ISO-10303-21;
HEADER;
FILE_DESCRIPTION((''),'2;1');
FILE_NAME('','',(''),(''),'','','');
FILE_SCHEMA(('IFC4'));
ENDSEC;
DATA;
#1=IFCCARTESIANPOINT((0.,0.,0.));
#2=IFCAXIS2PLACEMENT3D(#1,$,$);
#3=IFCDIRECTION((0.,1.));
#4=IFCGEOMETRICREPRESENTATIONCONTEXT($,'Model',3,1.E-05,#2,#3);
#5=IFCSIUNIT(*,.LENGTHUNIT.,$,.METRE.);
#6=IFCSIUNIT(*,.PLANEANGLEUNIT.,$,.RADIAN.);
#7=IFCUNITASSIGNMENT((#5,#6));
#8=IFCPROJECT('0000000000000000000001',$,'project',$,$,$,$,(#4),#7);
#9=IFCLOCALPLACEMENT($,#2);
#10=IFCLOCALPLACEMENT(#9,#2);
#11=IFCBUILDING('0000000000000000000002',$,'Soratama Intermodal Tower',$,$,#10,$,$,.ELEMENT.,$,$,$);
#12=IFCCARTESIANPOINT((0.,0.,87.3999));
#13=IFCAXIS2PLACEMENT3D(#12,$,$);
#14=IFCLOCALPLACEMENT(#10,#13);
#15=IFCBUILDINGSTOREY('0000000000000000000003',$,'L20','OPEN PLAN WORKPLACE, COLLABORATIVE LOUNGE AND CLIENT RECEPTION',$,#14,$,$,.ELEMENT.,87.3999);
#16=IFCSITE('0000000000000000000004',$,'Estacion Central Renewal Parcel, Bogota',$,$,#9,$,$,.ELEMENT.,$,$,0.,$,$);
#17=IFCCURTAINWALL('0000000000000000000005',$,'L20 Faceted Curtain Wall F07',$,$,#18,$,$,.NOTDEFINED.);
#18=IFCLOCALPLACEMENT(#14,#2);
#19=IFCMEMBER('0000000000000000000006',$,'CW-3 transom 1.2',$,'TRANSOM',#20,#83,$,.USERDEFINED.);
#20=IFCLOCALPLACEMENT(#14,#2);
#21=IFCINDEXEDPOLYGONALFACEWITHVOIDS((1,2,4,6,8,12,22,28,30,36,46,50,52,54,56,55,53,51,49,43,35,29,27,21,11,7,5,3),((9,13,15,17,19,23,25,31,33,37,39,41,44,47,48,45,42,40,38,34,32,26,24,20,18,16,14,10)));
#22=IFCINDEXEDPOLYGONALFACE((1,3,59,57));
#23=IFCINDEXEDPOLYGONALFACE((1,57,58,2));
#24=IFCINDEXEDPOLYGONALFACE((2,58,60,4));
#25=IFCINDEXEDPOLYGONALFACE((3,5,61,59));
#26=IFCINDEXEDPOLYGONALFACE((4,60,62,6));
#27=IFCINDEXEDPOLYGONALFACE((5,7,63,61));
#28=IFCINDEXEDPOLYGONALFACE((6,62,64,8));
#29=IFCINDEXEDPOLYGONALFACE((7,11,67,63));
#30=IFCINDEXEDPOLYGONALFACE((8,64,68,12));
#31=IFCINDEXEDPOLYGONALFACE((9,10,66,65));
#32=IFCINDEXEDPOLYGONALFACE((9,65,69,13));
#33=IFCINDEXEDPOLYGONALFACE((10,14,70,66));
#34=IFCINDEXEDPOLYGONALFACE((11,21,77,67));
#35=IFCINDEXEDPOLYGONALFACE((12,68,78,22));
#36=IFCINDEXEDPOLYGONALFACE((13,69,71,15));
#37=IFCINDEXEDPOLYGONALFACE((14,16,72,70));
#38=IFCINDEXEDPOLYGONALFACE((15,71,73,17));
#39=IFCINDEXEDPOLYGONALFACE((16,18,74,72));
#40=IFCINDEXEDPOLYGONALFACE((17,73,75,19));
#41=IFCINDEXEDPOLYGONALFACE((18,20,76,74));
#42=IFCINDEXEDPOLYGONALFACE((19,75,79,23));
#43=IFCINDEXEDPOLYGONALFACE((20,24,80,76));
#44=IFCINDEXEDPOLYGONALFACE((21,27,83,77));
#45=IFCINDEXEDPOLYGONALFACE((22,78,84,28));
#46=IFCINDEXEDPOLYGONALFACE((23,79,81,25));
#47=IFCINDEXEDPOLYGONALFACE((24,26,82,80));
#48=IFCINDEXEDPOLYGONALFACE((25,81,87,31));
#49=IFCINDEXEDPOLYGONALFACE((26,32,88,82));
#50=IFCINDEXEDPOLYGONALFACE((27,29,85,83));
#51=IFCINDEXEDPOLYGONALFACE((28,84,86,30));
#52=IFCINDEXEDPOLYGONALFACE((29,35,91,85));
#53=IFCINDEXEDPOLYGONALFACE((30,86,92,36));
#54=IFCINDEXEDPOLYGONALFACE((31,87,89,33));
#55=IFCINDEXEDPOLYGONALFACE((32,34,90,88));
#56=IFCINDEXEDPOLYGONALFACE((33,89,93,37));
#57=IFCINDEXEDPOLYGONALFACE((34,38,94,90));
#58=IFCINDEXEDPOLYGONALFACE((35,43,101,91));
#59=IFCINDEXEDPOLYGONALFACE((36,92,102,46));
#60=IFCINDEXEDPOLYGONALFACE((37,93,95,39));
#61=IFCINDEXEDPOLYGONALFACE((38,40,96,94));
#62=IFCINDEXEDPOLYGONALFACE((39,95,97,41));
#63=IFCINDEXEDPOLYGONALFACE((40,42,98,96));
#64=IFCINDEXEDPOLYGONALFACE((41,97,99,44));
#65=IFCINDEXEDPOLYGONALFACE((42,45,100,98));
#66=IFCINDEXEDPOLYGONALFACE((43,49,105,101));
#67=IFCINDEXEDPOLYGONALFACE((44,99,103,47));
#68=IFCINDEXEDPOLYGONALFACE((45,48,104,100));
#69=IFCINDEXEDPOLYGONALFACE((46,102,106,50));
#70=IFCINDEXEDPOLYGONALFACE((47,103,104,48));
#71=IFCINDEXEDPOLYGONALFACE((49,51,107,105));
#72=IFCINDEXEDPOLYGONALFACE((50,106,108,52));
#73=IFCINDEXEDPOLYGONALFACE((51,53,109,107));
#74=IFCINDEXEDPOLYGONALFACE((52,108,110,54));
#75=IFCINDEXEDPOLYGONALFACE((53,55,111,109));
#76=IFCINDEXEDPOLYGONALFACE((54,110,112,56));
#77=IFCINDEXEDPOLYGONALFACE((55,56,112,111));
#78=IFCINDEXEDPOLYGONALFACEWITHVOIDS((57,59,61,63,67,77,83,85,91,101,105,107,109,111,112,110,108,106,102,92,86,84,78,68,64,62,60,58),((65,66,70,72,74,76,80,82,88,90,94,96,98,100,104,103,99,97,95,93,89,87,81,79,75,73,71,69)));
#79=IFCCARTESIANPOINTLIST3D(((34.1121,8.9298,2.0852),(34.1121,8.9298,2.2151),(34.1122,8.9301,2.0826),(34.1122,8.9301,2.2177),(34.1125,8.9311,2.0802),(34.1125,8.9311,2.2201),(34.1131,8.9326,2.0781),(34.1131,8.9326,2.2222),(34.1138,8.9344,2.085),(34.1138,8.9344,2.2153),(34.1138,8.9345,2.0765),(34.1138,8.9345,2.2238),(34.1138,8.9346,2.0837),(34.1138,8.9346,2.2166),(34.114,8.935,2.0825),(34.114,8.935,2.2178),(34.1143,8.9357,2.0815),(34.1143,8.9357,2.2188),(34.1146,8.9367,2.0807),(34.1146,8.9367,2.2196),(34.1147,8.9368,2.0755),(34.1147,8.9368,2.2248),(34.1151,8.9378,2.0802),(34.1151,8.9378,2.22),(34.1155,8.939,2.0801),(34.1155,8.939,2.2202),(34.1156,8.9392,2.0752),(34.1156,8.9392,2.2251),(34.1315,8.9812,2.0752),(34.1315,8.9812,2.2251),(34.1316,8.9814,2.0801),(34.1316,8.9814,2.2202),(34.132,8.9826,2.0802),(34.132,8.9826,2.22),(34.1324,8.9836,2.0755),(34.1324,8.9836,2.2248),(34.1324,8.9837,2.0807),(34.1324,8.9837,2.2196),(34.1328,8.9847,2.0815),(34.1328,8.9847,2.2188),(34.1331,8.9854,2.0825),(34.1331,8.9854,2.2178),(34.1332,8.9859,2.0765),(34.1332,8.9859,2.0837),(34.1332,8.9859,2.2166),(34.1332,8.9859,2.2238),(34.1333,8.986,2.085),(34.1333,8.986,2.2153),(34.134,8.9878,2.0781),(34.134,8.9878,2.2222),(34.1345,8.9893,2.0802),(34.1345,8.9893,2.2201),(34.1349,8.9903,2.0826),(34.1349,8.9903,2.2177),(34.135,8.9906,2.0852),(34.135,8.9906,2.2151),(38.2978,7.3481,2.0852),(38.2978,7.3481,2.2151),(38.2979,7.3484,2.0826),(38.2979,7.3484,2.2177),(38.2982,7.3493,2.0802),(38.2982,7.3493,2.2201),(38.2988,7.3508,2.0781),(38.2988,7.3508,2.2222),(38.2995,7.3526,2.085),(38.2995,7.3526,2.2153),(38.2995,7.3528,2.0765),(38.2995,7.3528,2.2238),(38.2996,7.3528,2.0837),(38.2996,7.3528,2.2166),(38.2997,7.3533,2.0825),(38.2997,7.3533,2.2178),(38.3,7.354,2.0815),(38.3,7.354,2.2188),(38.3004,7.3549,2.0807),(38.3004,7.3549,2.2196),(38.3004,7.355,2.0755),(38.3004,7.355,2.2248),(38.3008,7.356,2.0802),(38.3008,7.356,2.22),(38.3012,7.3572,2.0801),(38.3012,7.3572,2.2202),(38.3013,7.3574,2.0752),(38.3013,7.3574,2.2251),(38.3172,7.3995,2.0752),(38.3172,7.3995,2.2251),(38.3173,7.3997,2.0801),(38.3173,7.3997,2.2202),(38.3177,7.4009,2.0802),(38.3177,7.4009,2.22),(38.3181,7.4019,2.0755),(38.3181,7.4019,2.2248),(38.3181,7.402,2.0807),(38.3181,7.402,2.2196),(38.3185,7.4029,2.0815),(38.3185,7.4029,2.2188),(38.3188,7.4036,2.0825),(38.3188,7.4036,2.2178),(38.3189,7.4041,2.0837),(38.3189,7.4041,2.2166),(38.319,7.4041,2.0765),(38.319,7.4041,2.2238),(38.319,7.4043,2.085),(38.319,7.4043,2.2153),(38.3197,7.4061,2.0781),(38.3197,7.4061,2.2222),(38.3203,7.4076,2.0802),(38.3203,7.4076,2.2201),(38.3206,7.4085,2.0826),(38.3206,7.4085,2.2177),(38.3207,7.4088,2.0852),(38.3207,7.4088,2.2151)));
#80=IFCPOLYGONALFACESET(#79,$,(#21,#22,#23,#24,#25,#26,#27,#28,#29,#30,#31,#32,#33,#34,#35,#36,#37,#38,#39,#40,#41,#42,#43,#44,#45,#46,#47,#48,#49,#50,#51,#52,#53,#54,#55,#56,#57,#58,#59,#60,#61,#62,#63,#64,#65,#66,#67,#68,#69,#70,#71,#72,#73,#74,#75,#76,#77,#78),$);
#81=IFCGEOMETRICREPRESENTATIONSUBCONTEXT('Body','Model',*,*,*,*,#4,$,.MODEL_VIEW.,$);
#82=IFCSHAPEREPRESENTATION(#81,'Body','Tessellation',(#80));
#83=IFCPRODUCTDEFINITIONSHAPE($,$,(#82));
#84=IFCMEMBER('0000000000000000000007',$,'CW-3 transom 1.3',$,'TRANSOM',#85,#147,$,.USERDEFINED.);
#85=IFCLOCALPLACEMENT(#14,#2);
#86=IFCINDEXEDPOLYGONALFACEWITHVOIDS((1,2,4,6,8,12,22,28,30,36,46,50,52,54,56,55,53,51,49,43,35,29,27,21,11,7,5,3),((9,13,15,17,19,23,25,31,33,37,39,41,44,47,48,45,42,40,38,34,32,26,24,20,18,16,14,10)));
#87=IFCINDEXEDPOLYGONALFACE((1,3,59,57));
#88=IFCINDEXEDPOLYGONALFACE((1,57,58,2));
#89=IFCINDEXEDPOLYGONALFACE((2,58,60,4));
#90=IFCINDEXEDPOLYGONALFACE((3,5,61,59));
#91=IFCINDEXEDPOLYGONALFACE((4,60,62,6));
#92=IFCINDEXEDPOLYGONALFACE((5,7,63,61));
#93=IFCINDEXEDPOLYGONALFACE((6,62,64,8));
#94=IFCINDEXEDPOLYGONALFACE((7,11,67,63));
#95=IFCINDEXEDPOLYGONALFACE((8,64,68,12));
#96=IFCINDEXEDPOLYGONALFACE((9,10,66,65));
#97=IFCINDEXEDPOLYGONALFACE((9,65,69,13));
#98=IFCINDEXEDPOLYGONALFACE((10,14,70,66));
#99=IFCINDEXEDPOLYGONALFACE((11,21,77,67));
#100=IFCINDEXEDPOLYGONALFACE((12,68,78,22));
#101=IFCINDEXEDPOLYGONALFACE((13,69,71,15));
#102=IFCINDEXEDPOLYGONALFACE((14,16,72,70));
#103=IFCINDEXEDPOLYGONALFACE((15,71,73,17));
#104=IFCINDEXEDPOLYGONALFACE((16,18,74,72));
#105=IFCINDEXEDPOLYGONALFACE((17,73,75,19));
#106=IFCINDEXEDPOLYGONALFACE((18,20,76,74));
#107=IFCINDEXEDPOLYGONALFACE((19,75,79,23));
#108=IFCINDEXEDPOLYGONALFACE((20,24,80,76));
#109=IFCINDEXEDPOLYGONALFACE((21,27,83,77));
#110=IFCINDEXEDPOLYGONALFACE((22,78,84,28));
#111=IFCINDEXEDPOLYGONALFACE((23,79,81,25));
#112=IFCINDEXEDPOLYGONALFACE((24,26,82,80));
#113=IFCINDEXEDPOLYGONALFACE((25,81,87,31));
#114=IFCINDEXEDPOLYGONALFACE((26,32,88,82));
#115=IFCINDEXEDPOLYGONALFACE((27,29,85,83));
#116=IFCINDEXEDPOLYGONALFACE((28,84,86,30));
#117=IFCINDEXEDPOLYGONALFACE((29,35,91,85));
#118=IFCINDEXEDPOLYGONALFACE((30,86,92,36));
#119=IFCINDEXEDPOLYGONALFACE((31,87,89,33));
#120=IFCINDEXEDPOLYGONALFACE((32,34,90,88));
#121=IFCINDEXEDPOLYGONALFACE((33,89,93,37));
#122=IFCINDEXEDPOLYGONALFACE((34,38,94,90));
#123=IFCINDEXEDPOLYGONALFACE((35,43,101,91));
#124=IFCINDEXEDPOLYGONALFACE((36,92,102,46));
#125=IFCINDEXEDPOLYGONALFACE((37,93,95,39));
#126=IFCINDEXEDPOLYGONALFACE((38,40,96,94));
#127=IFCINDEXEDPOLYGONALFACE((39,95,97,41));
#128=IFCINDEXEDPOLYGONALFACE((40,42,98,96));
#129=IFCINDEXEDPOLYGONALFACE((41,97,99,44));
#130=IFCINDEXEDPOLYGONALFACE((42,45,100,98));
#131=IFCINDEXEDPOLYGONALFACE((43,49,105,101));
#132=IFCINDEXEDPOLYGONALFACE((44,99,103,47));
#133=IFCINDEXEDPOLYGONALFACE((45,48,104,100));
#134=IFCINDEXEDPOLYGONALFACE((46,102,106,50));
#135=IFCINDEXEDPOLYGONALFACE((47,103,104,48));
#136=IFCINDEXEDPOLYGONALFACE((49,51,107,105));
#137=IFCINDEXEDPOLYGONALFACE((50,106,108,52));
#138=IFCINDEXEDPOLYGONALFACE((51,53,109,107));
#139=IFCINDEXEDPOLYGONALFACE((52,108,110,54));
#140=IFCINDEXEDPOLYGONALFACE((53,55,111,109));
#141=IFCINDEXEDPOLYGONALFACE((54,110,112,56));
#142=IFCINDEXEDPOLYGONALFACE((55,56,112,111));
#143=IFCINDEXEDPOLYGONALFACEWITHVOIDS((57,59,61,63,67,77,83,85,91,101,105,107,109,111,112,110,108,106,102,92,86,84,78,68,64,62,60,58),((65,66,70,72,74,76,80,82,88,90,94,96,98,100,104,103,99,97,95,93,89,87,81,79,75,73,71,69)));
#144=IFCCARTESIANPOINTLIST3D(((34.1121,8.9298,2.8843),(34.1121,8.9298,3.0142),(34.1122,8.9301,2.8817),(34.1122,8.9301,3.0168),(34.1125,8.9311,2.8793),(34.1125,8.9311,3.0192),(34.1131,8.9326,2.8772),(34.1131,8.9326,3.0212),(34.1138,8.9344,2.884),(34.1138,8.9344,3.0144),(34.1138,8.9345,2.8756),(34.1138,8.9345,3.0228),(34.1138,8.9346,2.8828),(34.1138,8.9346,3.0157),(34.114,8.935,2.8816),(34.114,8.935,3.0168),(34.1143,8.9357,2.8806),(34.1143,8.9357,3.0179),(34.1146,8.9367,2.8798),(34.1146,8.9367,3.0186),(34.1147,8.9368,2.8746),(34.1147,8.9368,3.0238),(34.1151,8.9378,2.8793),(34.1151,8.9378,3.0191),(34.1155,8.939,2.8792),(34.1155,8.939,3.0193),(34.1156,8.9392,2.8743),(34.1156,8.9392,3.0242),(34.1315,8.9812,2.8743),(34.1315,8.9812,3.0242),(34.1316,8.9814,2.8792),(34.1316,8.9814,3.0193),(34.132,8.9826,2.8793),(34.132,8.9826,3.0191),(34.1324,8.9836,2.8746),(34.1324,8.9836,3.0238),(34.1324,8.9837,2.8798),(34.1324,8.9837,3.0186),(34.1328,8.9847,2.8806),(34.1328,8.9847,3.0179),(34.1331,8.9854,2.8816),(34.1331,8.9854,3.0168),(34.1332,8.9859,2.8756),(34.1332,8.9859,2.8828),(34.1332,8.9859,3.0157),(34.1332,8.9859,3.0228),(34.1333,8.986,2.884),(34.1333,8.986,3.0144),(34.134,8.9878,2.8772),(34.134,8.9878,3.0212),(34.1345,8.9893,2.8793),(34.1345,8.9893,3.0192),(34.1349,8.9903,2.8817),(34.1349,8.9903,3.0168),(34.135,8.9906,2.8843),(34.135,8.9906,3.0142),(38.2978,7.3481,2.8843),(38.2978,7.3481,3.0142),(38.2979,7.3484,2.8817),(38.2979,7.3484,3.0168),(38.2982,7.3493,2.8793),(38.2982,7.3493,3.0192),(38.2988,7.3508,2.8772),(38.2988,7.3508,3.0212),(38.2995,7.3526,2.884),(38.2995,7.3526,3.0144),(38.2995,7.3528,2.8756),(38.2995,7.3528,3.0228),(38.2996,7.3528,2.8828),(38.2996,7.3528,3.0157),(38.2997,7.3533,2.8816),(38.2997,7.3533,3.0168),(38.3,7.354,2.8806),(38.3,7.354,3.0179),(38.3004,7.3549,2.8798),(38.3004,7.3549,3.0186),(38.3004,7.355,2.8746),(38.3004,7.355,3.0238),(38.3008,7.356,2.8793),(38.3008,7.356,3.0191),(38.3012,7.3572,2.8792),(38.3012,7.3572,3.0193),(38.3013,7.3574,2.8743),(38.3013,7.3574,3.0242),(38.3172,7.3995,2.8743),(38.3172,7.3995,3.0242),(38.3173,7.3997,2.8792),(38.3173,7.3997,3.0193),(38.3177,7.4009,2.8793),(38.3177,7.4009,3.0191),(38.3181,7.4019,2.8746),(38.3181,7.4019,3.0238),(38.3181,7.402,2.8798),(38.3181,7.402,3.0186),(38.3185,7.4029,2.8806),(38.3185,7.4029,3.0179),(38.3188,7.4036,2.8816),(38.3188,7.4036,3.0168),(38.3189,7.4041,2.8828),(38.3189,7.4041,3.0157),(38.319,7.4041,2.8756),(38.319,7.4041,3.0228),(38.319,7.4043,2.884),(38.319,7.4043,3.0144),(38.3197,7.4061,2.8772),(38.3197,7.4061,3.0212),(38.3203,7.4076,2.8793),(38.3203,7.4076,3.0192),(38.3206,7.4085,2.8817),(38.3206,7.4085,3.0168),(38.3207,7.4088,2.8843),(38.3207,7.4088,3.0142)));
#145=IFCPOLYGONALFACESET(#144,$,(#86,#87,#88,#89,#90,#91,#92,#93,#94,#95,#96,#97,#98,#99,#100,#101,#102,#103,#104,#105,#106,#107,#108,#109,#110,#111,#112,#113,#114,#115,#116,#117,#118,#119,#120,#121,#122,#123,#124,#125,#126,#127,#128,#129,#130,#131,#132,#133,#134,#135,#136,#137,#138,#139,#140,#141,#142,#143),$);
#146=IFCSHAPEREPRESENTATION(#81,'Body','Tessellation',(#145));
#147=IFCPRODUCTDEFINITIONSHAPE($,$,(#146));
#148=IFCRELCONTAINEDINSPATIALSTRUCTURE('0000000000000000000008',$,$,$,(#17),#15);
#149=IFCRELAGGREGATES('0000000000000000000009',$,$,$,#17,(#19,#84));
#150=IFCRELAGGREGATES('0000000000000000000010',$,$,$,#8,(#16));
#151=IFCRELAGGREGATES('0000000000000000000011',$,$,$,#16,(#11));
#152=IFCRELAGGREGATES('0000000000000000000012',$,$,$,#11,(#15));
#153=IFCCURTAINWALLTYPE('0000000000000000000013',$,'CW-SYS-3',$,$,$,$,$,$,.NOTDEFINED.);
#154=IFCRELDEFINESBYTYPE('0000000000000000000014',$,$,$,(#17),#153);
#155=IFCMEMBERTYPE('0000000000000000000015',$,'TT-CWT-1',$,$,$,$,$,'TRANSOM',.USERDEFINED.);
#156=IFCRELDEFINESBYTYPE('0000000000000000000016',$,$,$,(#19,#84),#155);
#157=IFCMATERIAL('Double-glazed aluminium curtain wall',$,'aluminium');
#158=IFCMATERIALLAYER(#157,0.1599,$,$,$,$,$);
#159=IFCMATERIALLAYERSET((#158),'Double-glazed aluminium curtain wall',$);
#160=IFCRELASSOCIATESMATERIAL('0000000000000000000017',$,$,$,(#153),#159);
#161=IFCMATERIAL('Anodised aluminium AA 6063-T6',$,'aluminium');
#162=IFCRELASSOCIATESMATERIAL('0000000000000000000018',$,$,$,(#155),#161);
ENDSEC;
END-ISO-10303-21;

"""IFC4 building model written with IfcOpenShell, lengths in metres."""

from ifc_helpers import new_model, si_unit, direction, frame, origin, origin_2d, place, context, subcontext, project, spatial, hollow_rectangle, extrude, material, layer, layer_set, material_profile, profile_set, type_object, element, aggregate, save


model = new_model("IFC4")

# Units and contexts
model_context = context("Model", 3, precision=1e-05, world=origin(), true_north=direction((0.0, 1.0)))
body_context = subcontext(model_context, "Body", "Model", "MODEL_VIEW")
ifc_project = project(units=[si_unit("LENGTHUNIT", "METRE"), si_unit("PLANEANGLEUNIT", "RADIAN")], contexts=[model_context])

# Site, building, storey
site_placement = place(None, origin())
site = spatial("IfcSite", under=ifc_project, at=site_placement, Name="Estacion Central Renewal Parcel, Bogota", CompositionType="ELEMENT", RefElevation=0.0)
building_placement = place(site_placement, origin())
building = spatial("IfcBuilding", under=site, at=building_placement, Name="Soratama Intermodal Tower", CompositionType="ELEMENT")
storey_placement = place(building_placement, frame((0.0, 0.0, 87.3999)))
storey = spatial("IfcBuildingStorey", under=building, at=storey_placement, Name="L20", Description="OPEN PLAN WORKPLACE, COLLABORATIVE LOUNGE AND CLIENT RECEPTION", CompositionType="ELEMENT", Elevation=87.3999)

# Curtain wall, members
ifc_material_1 = material(Name="Double-glazed aluminium curtain wall", Category="aluminium")
ifc_layer_1 = layer(ifc_material_1, 0.1599)
ifc_layer_set_1 = layer_set([ifc_layer_1], Name="Double-glazed aluminium curtain wall")
curtain_wall_type = type_object("IfcCurtainWallType", Name="CW-SYS-3", PredefinedType="NOTDEFINED", material=ifc_layer_set_1)
curtain_wall_placement = place(storey_placement, origin())
curtain_wall = element("IfcCurtainWall", 1, at=curtain_wall_placement, inside=storey, type_object=curtain_wall_type, Name="L20 Faceted Curtain Wall F07", PredefinedType="NOTDEFINED")
ifc_material_2 = material(Name="Anodised aluminium AA 6063-T6", Category="aluminium")
ifc_material_profile_1 = material_profile(ifc_material_2, hollow_rectangle(XDim=0.0649, YDim=0.1499, WallThickness=0.0049, InnerFilletRadius=0.0049, OuterFilletRadius=0.01, at=origin_2d()), Name="CWT150X65X5")
ifc_profile_set_1 = profile_set([ifc_material_profile_1], Name="Anodised aluminium AA 6063-T6")
member_type_1 = type_object("IfcMemberType", Name="TT-CWT-1", ElementType="TRANSOM", PredefinedType="USERDEFINED", material=ifc_profile_set_1)
member_1_placement = place(storey_placement, frame((34.1235, 8.9602, 2.1501), z_axis=(0.935436, -0.353496, 0.0), x_axis=(0.353496, 0.935436, 0.0)))
member_1 = element("IfcMember", 2, at=member_1_placement, type_object=member_type_1, Name="CW-3 transom 1.2", ObjectType="TRANSOM", PredefinedType="USERDEFINED", context=body_context, shape_type="SweptSolid", body=[
    extrude(hollow_rectangle(XDim=0.0649, YDim=0.1499, WallThickness=0.0049, InnerFilletRadius=0.0049, OuterFilletRadius=0.01, at=origin_2d()), origin(), (0.0, 0.0, 1.0), 4.4746),
])
member_2_placement = place(storey_placement, frame((34.1235, 8.9602, 2.9492), z_axis=(0.935436, -0.353496, 0.0), x_axis=(0.353496, 0.935436, 0.0)))
member_2 = element("IfcMember", 3, at=member_2_placement, type_object=member_type_1, Name="CW-3 transom 1.3", ObjectType="TRANSOM", PredefinedType="USERDEFINED", context=body_context, shape_type="SweptSolid", body=[
    extrude(hollow_rectangle(XDim=0.0649, YDim=0.1499, WallThickness=0.0049, InnerFilletRadius=0.0049, OuterFilletRadius=0.01, at=origin_2d()), origin(), (0.0, 0.0, 1.0), 4.4746),
])
aggregate(curtain_wall, [member_1, member_2])

save(model, "model.ifc")
